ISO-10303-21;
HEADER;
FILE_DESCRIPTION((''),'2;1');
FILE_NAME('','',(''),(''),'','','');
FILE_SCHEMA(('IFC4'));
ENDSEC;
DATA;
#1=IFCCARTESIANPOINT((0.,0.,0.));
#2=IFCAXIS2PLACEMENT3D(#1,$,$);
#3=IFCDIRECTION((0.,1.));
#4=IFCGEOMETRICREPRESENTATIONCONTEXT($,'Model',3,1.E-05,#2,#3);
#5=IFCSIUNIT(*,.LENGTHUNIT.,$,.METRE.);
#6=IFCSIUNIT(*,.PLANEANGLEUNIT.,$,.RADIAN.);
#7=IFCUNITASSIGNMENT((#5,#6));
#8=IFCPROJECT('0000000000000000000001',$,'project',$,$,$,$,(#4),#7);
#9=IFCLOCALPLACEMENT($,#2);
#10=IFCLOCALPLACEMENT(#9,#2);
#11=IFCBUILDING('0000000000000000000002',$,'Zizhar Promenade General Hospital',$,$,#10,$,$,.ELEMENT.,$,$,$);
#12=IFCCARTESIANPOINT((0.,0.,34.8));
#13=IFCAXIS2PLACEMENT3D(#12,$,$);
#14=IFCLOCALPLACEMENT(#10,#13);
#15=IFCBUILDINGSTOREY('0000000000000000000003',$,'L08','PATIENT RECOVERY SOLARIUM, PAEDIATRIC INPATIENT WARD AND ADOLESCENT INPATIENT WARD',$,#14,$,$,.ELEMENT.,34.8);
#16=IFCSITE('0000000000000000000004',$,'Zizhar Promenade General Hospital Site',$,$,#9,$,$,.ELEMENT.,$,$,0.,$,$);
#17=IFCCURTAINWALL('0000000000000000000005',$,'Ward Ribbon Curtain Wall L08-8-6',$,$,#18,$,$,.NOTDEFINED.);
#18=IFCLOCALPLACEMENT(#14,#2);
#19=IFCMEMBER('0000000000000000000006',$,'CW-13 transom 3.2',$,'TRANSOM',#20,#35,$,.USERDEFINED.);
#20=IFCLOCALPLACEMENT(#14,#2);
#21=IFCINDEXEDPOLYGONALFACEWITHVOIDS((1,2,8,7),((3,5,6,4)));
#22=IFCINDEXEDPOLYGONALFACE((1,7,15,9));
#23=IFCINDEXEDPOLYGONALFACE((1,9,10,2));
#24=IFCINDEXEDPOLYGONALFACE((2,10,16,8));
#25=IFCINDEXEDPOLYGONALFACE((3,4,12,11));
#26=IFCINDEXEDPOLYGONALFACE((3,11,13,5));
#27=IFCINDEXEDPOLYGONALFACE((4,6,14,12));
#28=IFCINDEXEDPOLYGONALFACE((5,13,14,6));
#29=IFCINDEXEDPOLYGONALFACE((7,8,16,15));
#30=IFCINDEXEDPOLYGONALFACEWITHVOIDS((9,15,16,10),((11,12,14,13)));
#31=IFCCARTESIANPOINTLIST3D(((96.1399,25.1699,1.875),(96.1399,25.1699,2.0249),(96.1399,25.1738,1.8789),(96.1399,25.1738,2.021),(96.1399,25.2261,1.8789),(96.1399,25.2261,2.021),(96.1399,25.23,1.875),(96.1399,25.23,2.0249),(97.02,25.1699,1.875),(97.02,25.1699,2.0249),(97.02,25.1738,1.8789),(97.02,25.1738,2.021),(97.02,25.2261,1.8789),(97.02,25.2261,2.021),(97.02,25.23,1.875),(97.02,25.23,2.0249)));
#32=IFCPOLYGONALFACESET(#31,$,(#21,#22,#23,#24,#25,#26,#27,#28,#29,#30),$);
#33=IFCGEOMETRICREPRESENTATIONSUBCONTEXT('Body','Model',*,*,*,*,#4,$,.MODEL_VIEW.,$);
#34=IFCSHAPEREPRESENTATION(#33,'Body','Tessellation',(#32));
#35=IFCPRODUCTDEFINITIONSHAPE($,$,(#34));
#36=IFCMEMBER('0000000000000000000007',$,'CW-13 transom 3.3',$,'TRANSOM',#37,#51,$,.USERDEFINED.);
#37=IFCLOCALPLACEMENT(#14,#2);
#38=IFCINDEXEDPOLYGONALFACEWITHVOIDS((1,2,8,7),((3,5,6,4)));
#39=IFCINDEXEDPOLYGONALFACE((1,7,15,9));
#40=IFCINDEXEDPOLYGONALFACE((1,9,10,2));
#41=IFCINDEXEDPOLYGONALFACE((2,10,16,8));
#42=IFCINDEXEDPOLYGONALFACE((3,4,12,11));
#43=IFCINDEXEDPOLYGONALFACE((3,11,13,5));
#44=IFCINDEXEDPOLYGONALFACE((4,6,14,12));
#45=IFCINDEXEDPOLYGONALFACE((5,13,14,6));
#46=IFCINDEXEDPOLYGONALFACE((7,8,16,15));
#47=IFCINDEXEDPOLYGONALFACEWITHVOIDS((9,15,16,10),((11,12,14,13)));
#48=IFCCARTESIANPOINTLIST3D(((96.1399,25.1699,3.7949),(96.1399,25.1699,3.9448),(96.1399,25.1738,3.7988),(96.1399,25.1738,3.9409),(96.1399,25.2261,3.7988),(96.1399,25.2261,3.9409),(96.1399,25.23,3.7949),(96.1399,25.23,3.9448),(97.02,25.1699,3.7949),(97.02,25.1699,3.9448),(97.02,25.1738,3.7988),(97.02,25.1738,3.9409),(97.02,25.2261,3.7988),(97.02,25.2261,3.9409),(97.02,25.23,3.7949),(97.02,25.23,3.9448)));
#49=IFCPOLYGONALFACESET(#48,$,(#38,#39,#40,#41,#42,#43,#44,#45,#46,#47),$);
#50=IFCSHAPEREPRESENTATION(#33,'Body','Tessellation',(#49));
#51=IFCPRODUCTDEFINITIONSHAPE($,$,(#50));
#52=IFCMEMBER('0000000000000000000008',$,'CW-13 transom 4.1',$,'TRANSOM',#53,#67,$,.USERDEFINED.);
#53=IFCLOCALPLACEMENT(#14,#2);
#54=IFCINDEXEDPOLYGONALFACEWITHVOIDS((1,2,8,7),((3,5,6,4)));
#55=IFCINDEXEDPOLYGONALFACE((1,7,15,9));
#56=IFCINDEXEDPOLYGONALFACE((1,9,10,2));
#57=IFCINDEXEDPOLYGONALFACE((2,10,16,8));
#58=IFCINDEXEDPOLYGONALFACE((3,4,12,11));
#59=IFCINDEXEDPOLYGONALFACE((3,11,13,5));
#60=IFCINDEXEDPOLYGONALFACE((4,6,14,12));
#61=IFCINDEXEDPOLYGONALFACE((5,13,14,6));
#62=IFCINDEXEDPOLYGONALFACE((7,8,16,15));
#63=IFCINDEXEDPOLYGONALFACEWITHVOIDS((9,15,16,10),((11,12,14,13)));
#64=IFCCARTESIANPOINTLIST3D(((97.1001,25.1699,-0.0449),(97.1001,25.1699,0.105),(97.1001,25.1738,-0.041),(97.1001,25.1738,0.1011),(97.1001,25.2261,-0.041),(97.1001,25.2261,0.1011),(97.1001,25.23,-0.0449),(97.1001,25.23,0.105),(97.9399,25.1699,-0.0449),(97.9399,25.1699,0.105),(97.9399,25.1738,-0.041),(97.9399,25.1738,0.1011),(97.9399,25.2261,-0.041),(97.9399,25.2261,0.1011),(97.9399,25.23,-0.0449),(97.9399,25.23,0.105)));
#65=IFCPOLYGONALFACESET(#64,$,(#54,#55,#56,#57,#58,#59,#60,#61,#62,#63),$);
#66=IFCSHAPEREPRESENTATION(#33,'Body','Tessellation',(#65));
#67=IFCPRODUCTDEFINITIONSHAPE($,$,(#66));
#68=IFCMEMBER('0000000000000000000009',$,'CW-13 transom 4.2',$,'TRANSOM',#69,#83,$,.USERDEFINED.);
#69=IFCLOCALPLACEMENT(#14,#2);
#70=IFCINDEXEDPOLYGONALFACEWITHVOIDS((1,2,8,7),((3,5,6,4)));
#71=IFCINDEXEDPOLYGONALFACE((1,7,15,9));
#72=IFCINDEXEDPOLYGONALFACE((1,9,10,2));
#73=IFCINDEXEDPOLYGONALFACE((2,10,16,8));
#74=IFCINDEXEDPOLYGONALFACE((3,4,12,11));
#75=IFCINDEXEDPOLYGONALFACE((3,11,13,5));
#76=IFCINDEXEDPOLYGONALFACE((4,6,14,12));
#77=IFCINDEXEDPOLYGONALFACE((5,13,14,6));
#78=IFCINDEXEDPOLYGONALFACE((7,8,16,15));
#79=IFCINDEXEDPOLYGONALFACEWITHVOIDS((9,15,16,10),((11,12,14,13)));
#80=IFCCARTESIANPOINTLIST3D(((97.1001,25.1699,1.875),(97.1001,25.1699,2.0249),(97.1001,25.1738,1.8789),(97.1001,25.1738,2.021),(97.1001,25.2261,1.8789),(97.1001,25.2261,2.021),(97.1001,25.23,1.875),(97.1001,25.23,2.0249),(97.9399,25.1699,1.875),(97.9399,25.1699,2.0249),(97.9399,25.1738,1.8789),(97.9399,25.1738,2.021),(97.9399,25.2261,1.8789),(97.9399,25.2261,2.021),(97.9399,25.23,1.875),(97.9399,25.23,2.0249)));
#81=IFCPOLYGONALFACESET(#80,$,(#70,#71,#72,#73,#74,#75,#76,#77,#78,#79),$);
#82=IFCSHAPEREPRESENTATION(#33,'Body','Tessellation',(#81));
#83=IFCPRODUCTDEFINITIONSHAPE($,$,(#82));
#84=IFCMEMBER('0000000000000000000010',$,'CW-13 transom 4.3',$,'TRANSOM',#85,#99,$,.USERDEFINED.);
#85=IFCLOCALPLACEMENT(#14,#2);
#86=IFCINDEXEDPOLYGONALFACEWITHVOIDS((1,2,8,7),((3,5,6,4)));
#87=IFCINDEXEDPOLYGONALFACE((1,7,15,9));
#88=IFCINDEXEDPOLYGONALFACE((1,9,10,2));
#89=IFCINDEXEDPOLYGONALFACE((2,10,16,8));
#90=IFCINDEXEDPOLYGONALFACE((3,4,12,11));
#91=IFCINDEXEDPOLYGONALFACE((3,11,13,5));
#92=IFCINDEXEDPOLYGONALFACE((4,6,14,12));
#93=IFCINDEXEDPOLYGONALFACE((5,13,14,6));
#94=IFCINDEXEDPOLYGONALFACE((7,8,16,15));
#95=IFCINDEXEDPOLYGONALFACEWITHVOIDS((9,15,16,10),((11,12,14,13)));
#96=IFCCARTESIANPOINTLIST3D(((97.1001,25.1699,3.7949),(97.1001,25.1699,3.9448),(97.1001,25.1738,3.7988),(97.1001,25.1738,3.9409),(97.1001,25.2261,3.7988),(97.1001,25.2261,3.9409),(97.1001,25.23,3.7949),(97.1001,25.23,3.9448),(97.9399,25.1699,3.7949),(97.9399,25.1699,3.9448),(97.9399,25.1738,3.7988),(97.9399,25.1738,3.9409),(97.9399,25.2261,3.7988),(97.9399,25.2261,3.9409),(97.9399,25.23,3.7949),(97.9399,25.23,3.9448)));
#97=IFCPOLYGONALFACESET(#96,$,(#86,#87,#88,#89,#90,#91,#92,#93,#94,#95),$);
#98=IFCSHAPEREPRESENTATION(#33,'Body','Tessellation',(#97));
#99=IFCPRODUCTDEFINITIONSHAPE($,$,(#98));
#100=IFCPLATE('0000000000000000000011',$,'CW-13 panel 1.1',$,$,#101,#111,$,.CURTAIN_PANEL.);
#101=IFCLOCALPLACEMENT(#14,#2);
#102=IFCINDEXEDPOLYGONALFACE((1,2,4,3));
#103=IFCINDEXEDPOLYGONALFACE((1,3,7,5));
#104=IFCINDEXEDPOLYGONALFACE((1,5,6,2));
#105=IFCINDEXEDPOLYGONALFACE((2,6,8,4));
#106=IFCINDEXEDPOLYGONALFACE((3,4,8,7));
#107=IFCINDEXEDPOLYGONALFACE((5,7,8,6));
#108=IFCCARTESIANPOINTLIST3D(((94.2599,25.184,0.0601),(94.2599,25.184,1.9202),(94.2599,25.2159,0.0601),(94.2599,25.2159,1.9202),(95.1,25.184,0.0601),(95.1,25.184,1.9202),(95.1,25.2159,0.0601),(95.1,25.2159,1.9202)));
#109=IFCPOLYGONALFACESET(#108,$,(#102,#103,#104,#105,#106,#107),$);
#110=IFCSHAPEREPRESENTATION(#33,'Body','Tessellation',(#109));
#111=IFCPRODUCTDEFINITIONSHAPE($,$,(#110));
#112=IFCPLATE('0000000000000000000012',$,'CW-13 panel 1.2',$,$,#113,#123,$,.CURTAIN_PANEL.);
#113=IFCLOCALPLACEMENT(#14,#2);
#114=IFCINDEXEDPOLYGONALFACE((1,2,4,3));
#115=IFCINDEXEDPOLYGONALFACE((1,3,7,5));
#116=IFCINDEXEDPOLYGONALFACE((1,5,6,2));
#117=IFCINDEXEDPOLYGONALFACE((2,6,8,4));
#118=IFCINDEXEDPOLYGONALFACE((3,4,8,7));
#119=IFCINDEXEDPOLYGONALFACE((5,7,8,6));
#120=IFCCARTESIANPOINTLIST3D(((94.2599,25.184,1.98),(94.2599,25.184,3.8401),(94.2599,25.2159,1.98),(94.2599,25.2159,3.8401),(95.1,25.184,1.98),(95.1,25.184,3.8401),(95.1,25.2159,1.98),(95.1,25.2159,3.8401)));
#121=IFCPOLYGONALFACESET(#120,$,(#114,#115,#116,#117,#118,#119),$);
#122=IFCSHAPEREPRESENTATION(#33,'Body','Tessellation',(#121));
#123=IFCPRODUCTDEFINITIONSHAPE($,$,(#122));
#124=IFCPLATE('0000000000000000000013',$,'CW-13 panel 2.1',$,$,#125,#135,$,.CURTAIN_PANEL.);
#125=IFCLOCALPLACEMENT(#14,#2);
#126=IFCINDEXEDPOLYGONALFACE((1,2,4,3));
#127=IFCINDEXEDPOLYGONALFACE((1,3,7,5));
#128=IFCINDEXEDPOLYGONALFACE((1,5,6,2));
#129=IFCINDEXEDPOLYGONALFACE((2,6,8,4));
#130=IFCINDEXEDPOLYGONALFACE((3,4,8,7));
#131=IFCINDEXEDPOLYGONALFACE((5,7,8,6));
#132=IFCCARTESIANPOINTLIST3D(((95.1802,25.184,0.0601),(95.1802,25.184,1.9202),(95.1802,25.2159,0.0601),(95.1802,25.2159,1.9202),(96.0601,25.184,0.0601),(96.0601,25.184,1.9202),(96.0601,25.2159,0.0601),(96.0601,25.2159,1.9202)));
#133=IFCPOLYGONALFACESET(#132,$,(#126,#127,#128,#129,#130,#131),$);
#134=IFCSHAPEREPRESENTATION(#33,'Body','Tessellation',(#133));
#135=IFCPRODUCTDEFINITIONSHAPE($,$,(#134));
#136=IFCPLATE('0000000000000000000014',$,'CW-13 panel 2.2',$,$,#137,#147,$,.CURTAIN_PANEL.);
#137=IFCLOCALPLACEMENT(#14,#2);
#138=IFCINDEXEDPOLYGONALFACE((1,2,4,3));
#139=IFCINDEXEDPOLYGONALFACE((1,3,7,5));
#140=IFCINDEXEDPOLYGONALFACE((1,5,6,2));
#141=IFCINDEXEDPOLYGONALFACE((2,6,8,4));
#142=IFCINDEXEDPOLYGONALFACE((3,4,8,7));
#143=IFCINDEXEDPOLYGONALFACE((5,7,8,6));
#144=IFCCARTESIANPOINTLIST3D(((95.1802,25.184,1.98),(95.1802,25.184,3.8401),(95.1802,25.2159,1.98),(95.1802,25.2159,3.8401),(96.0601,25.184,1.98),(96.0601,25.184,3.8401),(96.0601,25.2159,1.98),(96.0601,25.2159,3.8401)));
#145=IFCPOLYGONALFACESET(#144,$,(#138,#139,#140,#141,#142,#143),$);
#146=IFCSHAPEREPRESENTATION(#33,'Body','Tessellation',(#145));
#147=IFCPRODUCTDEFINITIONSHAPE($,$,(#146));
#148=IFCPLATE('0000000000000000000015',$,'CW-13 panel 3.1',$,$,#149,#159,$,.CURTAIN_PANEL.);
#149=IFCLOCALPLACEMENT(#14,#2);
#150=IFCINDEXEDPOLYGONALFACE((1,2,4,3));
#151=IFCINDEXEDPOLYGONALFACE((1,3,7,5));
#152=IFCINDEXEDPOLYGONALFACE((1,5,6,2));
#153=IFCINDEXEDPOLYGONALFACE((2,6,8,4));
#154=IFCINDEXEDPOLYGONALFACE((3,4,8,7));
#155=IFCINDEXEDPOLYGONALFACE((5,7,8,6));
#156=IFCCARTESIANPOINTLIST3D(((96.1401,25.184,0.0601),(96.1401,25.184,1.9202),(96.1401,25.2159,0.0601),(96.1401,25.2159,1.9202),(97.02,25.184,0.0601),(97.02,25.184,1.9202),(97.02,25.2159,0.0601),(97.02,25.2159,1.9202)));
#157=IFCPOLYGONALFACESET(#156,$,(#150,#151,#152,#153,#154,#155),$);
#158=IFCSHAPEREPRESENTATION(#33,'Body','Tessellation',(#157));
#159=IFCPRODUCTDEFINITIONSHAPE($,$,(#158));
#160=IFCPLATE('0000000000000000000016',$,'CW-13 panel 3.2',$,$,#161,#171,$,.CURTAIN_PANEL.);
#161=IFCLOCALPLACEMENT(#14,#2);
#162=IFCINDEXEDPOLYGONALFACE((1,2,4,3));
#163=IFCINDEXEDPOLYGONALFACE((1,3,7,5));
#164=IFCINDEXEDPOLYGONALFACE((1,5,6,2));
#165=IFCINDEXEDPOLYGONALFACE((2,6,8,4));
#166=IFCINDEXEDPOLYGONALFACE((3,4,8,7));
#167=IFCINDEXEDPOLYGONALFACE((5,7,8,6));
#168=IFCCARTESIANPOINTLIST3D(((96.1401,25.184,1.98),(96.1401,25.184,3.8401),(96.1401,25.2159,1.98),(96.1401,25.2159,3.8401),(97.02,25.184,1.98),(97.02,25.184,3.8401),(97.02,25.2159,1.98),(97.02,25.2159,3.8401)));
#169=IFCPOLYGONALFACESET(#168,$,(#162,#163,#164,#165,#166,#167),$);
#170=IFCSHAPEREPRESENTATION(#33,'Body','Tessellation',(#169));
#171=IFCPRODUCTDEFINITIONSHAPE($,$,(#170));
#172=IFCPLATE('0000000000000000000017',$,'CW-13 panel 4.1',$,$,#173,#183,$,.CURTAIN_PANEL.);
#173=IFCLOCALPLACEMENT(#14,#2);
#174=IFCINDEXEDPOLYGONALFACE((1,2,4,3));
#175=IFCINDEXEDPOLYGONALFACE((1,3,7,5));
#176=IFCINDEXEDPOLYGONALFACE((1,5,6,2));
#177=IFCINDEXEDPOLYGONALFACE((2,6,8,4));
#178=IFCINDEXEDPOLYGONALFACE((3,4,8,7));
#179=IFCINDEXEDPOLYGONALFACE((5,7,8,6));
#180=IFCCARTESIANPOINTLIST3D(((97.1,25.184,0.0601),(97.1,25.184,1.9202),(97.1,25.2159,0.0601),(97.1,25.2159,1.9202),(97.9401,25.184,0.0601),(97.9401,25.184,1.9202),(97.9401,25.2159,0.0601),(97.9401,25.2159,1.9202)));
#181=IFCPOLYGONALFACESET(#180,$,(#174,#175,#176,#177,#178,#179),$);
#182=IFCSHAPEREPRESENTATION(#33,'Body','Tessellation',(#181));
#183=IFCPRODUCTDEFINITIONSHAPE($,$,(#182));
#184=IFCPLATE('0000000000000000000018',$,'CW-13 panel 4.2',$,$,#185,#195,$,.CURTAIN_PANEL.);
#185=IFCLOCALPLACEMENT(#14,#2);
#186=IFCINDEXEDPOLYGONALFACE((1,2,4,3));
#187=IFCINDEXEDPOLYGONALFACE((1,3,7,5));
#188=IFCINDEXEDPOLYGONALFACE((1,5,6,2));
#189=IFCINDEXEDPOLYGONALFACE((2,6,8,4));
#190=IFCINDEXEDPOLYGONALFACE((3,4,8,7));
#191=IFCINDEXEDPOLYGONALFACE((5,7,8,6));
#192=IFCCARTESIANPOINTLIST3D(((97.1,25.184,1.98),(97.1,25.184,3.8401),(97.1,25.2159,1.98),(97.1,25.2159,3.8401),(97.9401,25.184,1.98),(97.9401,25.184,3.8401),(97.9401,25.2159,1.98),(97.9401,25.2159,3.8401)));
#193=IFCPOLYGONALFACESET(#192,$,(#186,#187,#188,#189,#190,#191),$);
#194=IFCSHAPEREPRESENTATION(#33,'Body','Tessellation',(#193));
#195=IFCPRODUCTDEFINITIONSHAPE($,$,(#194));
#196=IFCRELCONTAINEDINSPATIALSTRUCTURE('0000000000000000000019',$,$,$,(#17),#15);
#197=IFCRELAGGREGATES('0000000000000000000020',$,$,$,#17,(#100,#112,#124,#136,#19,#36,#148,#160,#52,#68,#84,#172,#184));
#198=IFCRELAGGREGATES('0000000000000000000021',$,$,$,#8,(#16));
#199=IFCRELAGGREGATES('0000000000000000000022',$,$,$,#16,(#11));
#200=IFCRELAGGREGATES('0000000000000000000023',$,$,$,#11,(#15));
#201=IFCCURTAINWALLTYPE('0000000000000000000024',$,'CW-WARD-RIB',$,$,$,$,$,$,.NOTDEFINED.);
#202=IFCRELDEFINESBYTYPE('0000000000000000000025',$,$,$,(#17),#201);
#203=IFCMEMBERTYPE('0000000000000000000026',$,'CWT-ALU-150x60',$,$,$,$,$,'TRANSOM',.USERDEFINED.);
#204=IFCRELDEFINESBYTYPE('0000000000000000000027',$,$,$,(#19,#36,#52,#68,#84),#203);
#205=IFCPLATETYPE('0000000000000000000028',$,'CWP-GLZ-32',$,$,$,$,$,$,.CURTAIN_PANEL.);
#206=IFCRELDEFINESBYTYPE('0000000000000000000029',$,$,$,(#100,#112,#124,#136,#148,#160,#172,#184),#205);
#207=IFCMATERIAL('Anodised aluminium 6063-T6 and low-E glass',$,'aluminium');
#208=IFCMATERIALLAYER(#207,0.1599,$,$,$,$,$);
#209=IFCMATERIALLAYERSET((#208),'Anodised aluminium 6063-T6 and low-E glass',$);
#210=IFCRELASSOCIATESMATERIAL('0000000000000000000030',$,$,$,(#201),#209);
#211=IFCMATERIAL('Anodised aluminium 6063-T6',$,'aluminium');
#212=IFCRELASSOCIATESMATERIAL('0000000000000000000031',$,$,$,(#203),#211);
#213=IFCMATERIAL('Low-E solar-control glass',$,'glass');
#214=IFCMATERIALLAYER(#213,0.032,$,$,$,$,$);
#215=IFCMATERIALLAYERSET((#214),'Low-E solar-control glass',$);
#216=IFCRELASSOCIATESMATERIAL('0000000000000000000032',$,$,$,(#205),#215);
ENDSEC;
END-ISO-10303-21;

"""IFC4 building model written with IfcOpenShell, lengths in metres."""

from ifc_helpers import new_model, si_unit, direction, frame, origin, origin_2d, place, context, subcontext, project, spatial, rectangle, hollow_rectangle, extrude, material, layer, layer_set, material_profile, profile_set, type_object, element, aggregate, save


model = new_model("IFC4")

# Units and contexts
model_context = context("Model", 3, precision=1e-05, world=origin(), true_north=direction((0.0, 1.0)))
body_context = subcontext(model_context, "Body", "Model", "MODEL_VIEW")
ifc_project = project(units=[si_unit("LENGTHUNIT", "METRE"), si_unit("PLANEANGLEUNIT", "RADIAN")], contexts=[model_context])

# Site, building, storey
site_placement = place(None, origin())
site = spatial("IfcSite", under=ifc_project, at=site_placement, Name="Zizhar Promenade General Hospital Site", CompositionType="ELEMENT", RefElevation=0.0)
building_placement = place(site_placement, origin())
building = spatial("IfcBuilding", under=site, at=building_placement, Name="Zizhar Promenade General Hospital", CompositionType="ELEMENT")
storey_placement = place(building_placement, frame((0.0, 0.0, 34.8)))
storey = spatial("IfcBuildingStorey", under=building, at=storey_placement, Name="L08", Description="PATIENT RECOVERY SOLARIUM, PAEDIATRIC INPATIENT WARD AND ADOLESCENT INPATIENT WARD", CompositionType="ELEMENT", Elevation=34.8)

# Curtain wall, members, plates
ifc_material_1 = material(Name="Anodised aluminium 6063-T6 and low-E glass", Category="aluminium")
ifc_layer_1 = layer(ifc_material_1, 0.1599)
ifc_layer_set_1 = layer_set([ifc_layer_1], Name="Anodised aluminium 6063-T6 and low-E glass")
curtain_wall_type = type_object("IfcCurtainWallType", Name="CW-WARD-RIB", PredefinedType="NOTDEFINED", material=ifc_layer_set_1)
curtain_wall_placement = place(storey_placement, origin())
curtain_wall = element("IfcCurtainWall", 1, at=curtain_wall_placement, inside=storey, type_object=curtain_wall_type, Name="Ward Ribbon Curtain Wall L08-8-6", PredefinedType="NOTDEFINED")
ifc_material_2 = material(Name="Anodised aluminium 6063-T6", Category="aluminium")
ifc_material_profile_1 = material_profile(ifc_material_2, hollow_rectangle(XDim=0.0601, YDim=0.1499, WallThickness=0.0039, at=origin_2d()))
ifc_profile_set_1 = profile_set([ifc_material_profile_1], Name="Anodised aluminium 6063-T6")
member_type_1 = type_object("IfcMemberType", Name="CWT-ALU-150x60", ElementType="TRANSOM", PredefinedType="USERDEFINED", material=ifc_profile_set_1)
member_1_placement = place(storey_placement, frame((96.1399, 25.2, 1.95), z_axis=(1.0, 0.0, 0.0), x_axis=(0.0, 1.0, 0.0)))
member_1 = element("IfcMember", 2, at=member_1_placement, type_object=member_type_1, Name="CW-13 transom 3.2", ObjectType="TRANSOM", PredefinedType="USERDEFINED", context=body_context, shape_type="SweptSolid", body=[
    extrude(hollow_rectangle(XDim=0.0601, YDim=0.1499, WallThickness=0.0039, at=origin_2d()), origin(), (0.0, 0.0, 1.0), 0.8801),
])
member_2_placement = place(storey_placement, frame((96.1399, 25.2, 3.8699), z_axis=(1.0, 0.0, 0.0), x_axis=(0.0, 1.0, 0.0)))
member_2 = element("IfcMember", 3, at=member_2_placement, type_object=member_type_1, Name="CW-13 transom 3.3", ObjectType="TRANSOM", PredefinedType="USERDEFINED", context=body_context, shape_type="SweptSolid", body=[
    extrude(hollow_rectangle(XDim=0.0601, YDim=0.1499, WallThickness=0.0039, at=origin_2d()), origin(), (0.0, 0.0, 1.0), 0.8801),
])
member_3_placement = place(storey_placement, frame((97.1001, 25.2, 0.03), z_axis=(1.0, 0.0, 0.0), x_axis=(0.0, 1.0, 0.0)))
member_3 = element("IfcMember", 4, at=member_3_placement, type_object=member_type_1, Name="CW-13 transom 4.1", ObjectType="TRANSOM", PredefinedType="USERDEFINED", context=body_context, shape_type="SweptSolid", body=[
    extrude(hollow_rectangle(XDim=0.0601, YDim=0.1499, WallThickness=0.0039, at=origin_2d()), origin(), (0.0, 0.0, 1.0), 0.8398),
])
member_4_placement = place(storey_placement, frame((97.1001, 25.2, 1.95), z_axis=(1.0, 0.0, 0.0), x_axis=(0.0, 1.0, 0.0)))
member_4 = element("IfcMember", 5, at=member_4_placement, type_object=member_type_1, Name="CW-13 transom 4.2", ObjectType="TRANSOM", PredefinedType="USERDEFINED", context=body_context, shape_type="SweptSolid", body=[
    extrude(hollow_rectangle(XDim=0.0601, YDim=0.1499, WallThickness=0.0039, at=origin_2d()), origin(), (0.0, 0.0, 1.0), 0.8398),
])
member_5_placement = place(storey_placement, frame((97.1001, 25.2, 3.8699), z_axis=(1.0, 0.0, 0.0), x_axis=(0.0, 1.0, 0.0)))
member_5 = element("IfcMember", 6, at=member_5_placement, type_object=member_type_1, Name="CW-13 transom 4.3", ObjectType="TRANSOM", PredefinedType="USERDEFINED", context=body_context, shape_type="SweptSolid", body=[
    extrude(hollow_rectangle(XDim=0.0601, YDim=0.1499, WallThickness=0.0039, at=origin_2d()), origin(), (0.0, 0.0, 1.0), 0.8398),
])
ifc_material_3 = material(Name="Low-E solar-control glass", Category="glass")
ifc_layer_2 = layer(ifc_material_3, 0.032)
ifc_layer_set_2 = layer_set([ifc_layer_2], Name="Low-E solar-control glass")
plate_type = type_object("IfcPlateType", Name="CWP-GLZ-32", PredefinedType="CURTAIN_PANEL", material=ifc_layer_set_2)
plate_1_placement = place(storey_placement, frame((94.6799, 25.2, 0.0601), z_axis=(0.0, 0.0, 1.0), x_axis=(1.0, 0.0, 0.0)))
plate_1 = element("IfcPlate", 7, at=plate_1_placement, type_object=plate_type, Name="CW-13 panel 1.1", PredefinedType="CURTAIN_PANEL", context=body_context, shape_type="SweptSolid", body=[
    extrude(rectangle(XDim=0.8401, YDim=0.032, at=origin_2d()), origin(), (0.0, 0.0, 1.0), 1.8601),
])
plate_2_placement = place(storey_placement, frame((94.6799, 25.2, 1.98), z_axis=(0.0, 0.0, 1.0), x_axis=(1.0, 0.0, 0.0)))
plate_2 = element("IfcPlate", 8, at=plate_2_placement, type_object=plate_type, Name="CW-13 panel 1.2", PredefinedType="CURTAIN_PANEL", context=body_context, shape_type="SweptSolid", body=[
    extrude(rectangle(XDim=0.8401, YDim=0.032, at=origin_2d()), origin(), (0.0, 0.0, 1.0), 1.8601),
])
plate_3_placement = place(storey_placement, frame((95.6201, 25.2, 0.0601), z_axis=(0.0, 0.0, 1.0), x_axis=(1.0, 0.0, 0.0)))
plate_3 = element("IfcPlate", 9, at=plate_3_placement, type_object=plate_type, Name="CW-13 panel 2.1", PredefinedType="CURTAIN_PANEL", context=body_context, shape_type="SweptSolid", body=[
    extrude(rectangle(XDim=0.8799, YDim=0.032, at=origin_2d()), origin(), (0.0, 0.0, 1.0), 1.8601),
])
plate_4_placement = place(storey_placement, frame((95.6201, 25.2, 1.98), z_axis=(0.0, 0.0, 1.0), x_axis=(1.0, 0.0, 0.0)))
plate_4 = element("IfcPlate", 10, at=plate_4_placement, type_object=plate_type, Name="CW-13 panel 2.2", PredefinedType="CURTAIN_PANEL", context=body_context, shape_type="SweptSolid", body=[
    extrude(rectangle(XDim=0.8799, YDim=0.032, at=origin_2d()), origin(), (0.0, 0.0, 1.0), 1.8601),
])
plate_5_placement = place(storey_placement, frame((96.5801, 25.2, 0.0601), z_axis=(0.0, 0.0, 1.0), x_axis=(1.0, 0.0, 0.0)))
plate_5 = element("IfcPlate", 11, at=plate_5_placement, type_object=plate_type, Name="CW-13 panel 3.1", PredefinedType="CURTAIN_PANEL", context=body_context, shape_type="SweptSolid", body=[
    extrude(rectangle(XDim=0.8799, YDim=0.032, at=origin_2d()), origin(), (0.0, 0.0, 1.0), 1.8601),
])
plate_6_placement = place(storey_placement, frame((96.5801, 25.2, 1.98), z_axis=(0.0, 0.0, 1.0), x_axis=(1.0, 0.0, 0.0)))
plate_6 = element("IfcPlate", 12, at=plate_6_placement, type_object=plate_type, Name="CW-13 panel 3.2", PredefinedType="CURTAIN_PANEL", context=body_context, shape_type="SweptSolid", body=[
    extrude(rectangle(XDim=0.8799, YDim=0.032, at=origin_2d()), origin(), (0.0, 0.0, 1.0), 1.8601),
])
plate_7_placement = place(storey_placement, frame((97.52, 25.2, 0.0601), z_axis=(0.0, 0.0, 1.0), x_axis=(1.0, 0.0, 0.0)))
plate_7 = element("IfcPlate", 13, at=plate_7_placement, type_object=plate_type, Name="CW-13 panel 4.1", PredefinedType="CURTAIN_PANEL", context=body_context, shape_type="SweptSolid", body=[
    extrude(rectangle(XDim=0.8401, YDim=0.032, at=origin_2d()), origin(), (0.0, 0.0, 1.0), 1.8601),
])
plate_8_placement = place(storey_placement, frame((97.52, 25.2, 1.98), z_axis=(0.0, 0.0, 1.0), x_axis=(1.0, 0.0, 0.0)))
plate_8 = element("IfcPlate", 14, at=plate_8_placement, type_object=plate_type, Name="CW-13 panel 4.2", PredefinedType="CURTAIN_PANEL", context=body_context, shape_type="SweptSolid", body=[
    extrude(rectangle(XDim=0.8401, YDim=0.032, at=origin_2d()), origin(), (0.0, 0.0, 1.0), 1.8601),
])
aggregate(curtain_wall, [plate_1, plate_2, plate_3, plate_4, member_1, member_2, plate_5, plate_6, member_3, member_4, member_5, plate_7, plate_8])

save(model, "model.ifc")
